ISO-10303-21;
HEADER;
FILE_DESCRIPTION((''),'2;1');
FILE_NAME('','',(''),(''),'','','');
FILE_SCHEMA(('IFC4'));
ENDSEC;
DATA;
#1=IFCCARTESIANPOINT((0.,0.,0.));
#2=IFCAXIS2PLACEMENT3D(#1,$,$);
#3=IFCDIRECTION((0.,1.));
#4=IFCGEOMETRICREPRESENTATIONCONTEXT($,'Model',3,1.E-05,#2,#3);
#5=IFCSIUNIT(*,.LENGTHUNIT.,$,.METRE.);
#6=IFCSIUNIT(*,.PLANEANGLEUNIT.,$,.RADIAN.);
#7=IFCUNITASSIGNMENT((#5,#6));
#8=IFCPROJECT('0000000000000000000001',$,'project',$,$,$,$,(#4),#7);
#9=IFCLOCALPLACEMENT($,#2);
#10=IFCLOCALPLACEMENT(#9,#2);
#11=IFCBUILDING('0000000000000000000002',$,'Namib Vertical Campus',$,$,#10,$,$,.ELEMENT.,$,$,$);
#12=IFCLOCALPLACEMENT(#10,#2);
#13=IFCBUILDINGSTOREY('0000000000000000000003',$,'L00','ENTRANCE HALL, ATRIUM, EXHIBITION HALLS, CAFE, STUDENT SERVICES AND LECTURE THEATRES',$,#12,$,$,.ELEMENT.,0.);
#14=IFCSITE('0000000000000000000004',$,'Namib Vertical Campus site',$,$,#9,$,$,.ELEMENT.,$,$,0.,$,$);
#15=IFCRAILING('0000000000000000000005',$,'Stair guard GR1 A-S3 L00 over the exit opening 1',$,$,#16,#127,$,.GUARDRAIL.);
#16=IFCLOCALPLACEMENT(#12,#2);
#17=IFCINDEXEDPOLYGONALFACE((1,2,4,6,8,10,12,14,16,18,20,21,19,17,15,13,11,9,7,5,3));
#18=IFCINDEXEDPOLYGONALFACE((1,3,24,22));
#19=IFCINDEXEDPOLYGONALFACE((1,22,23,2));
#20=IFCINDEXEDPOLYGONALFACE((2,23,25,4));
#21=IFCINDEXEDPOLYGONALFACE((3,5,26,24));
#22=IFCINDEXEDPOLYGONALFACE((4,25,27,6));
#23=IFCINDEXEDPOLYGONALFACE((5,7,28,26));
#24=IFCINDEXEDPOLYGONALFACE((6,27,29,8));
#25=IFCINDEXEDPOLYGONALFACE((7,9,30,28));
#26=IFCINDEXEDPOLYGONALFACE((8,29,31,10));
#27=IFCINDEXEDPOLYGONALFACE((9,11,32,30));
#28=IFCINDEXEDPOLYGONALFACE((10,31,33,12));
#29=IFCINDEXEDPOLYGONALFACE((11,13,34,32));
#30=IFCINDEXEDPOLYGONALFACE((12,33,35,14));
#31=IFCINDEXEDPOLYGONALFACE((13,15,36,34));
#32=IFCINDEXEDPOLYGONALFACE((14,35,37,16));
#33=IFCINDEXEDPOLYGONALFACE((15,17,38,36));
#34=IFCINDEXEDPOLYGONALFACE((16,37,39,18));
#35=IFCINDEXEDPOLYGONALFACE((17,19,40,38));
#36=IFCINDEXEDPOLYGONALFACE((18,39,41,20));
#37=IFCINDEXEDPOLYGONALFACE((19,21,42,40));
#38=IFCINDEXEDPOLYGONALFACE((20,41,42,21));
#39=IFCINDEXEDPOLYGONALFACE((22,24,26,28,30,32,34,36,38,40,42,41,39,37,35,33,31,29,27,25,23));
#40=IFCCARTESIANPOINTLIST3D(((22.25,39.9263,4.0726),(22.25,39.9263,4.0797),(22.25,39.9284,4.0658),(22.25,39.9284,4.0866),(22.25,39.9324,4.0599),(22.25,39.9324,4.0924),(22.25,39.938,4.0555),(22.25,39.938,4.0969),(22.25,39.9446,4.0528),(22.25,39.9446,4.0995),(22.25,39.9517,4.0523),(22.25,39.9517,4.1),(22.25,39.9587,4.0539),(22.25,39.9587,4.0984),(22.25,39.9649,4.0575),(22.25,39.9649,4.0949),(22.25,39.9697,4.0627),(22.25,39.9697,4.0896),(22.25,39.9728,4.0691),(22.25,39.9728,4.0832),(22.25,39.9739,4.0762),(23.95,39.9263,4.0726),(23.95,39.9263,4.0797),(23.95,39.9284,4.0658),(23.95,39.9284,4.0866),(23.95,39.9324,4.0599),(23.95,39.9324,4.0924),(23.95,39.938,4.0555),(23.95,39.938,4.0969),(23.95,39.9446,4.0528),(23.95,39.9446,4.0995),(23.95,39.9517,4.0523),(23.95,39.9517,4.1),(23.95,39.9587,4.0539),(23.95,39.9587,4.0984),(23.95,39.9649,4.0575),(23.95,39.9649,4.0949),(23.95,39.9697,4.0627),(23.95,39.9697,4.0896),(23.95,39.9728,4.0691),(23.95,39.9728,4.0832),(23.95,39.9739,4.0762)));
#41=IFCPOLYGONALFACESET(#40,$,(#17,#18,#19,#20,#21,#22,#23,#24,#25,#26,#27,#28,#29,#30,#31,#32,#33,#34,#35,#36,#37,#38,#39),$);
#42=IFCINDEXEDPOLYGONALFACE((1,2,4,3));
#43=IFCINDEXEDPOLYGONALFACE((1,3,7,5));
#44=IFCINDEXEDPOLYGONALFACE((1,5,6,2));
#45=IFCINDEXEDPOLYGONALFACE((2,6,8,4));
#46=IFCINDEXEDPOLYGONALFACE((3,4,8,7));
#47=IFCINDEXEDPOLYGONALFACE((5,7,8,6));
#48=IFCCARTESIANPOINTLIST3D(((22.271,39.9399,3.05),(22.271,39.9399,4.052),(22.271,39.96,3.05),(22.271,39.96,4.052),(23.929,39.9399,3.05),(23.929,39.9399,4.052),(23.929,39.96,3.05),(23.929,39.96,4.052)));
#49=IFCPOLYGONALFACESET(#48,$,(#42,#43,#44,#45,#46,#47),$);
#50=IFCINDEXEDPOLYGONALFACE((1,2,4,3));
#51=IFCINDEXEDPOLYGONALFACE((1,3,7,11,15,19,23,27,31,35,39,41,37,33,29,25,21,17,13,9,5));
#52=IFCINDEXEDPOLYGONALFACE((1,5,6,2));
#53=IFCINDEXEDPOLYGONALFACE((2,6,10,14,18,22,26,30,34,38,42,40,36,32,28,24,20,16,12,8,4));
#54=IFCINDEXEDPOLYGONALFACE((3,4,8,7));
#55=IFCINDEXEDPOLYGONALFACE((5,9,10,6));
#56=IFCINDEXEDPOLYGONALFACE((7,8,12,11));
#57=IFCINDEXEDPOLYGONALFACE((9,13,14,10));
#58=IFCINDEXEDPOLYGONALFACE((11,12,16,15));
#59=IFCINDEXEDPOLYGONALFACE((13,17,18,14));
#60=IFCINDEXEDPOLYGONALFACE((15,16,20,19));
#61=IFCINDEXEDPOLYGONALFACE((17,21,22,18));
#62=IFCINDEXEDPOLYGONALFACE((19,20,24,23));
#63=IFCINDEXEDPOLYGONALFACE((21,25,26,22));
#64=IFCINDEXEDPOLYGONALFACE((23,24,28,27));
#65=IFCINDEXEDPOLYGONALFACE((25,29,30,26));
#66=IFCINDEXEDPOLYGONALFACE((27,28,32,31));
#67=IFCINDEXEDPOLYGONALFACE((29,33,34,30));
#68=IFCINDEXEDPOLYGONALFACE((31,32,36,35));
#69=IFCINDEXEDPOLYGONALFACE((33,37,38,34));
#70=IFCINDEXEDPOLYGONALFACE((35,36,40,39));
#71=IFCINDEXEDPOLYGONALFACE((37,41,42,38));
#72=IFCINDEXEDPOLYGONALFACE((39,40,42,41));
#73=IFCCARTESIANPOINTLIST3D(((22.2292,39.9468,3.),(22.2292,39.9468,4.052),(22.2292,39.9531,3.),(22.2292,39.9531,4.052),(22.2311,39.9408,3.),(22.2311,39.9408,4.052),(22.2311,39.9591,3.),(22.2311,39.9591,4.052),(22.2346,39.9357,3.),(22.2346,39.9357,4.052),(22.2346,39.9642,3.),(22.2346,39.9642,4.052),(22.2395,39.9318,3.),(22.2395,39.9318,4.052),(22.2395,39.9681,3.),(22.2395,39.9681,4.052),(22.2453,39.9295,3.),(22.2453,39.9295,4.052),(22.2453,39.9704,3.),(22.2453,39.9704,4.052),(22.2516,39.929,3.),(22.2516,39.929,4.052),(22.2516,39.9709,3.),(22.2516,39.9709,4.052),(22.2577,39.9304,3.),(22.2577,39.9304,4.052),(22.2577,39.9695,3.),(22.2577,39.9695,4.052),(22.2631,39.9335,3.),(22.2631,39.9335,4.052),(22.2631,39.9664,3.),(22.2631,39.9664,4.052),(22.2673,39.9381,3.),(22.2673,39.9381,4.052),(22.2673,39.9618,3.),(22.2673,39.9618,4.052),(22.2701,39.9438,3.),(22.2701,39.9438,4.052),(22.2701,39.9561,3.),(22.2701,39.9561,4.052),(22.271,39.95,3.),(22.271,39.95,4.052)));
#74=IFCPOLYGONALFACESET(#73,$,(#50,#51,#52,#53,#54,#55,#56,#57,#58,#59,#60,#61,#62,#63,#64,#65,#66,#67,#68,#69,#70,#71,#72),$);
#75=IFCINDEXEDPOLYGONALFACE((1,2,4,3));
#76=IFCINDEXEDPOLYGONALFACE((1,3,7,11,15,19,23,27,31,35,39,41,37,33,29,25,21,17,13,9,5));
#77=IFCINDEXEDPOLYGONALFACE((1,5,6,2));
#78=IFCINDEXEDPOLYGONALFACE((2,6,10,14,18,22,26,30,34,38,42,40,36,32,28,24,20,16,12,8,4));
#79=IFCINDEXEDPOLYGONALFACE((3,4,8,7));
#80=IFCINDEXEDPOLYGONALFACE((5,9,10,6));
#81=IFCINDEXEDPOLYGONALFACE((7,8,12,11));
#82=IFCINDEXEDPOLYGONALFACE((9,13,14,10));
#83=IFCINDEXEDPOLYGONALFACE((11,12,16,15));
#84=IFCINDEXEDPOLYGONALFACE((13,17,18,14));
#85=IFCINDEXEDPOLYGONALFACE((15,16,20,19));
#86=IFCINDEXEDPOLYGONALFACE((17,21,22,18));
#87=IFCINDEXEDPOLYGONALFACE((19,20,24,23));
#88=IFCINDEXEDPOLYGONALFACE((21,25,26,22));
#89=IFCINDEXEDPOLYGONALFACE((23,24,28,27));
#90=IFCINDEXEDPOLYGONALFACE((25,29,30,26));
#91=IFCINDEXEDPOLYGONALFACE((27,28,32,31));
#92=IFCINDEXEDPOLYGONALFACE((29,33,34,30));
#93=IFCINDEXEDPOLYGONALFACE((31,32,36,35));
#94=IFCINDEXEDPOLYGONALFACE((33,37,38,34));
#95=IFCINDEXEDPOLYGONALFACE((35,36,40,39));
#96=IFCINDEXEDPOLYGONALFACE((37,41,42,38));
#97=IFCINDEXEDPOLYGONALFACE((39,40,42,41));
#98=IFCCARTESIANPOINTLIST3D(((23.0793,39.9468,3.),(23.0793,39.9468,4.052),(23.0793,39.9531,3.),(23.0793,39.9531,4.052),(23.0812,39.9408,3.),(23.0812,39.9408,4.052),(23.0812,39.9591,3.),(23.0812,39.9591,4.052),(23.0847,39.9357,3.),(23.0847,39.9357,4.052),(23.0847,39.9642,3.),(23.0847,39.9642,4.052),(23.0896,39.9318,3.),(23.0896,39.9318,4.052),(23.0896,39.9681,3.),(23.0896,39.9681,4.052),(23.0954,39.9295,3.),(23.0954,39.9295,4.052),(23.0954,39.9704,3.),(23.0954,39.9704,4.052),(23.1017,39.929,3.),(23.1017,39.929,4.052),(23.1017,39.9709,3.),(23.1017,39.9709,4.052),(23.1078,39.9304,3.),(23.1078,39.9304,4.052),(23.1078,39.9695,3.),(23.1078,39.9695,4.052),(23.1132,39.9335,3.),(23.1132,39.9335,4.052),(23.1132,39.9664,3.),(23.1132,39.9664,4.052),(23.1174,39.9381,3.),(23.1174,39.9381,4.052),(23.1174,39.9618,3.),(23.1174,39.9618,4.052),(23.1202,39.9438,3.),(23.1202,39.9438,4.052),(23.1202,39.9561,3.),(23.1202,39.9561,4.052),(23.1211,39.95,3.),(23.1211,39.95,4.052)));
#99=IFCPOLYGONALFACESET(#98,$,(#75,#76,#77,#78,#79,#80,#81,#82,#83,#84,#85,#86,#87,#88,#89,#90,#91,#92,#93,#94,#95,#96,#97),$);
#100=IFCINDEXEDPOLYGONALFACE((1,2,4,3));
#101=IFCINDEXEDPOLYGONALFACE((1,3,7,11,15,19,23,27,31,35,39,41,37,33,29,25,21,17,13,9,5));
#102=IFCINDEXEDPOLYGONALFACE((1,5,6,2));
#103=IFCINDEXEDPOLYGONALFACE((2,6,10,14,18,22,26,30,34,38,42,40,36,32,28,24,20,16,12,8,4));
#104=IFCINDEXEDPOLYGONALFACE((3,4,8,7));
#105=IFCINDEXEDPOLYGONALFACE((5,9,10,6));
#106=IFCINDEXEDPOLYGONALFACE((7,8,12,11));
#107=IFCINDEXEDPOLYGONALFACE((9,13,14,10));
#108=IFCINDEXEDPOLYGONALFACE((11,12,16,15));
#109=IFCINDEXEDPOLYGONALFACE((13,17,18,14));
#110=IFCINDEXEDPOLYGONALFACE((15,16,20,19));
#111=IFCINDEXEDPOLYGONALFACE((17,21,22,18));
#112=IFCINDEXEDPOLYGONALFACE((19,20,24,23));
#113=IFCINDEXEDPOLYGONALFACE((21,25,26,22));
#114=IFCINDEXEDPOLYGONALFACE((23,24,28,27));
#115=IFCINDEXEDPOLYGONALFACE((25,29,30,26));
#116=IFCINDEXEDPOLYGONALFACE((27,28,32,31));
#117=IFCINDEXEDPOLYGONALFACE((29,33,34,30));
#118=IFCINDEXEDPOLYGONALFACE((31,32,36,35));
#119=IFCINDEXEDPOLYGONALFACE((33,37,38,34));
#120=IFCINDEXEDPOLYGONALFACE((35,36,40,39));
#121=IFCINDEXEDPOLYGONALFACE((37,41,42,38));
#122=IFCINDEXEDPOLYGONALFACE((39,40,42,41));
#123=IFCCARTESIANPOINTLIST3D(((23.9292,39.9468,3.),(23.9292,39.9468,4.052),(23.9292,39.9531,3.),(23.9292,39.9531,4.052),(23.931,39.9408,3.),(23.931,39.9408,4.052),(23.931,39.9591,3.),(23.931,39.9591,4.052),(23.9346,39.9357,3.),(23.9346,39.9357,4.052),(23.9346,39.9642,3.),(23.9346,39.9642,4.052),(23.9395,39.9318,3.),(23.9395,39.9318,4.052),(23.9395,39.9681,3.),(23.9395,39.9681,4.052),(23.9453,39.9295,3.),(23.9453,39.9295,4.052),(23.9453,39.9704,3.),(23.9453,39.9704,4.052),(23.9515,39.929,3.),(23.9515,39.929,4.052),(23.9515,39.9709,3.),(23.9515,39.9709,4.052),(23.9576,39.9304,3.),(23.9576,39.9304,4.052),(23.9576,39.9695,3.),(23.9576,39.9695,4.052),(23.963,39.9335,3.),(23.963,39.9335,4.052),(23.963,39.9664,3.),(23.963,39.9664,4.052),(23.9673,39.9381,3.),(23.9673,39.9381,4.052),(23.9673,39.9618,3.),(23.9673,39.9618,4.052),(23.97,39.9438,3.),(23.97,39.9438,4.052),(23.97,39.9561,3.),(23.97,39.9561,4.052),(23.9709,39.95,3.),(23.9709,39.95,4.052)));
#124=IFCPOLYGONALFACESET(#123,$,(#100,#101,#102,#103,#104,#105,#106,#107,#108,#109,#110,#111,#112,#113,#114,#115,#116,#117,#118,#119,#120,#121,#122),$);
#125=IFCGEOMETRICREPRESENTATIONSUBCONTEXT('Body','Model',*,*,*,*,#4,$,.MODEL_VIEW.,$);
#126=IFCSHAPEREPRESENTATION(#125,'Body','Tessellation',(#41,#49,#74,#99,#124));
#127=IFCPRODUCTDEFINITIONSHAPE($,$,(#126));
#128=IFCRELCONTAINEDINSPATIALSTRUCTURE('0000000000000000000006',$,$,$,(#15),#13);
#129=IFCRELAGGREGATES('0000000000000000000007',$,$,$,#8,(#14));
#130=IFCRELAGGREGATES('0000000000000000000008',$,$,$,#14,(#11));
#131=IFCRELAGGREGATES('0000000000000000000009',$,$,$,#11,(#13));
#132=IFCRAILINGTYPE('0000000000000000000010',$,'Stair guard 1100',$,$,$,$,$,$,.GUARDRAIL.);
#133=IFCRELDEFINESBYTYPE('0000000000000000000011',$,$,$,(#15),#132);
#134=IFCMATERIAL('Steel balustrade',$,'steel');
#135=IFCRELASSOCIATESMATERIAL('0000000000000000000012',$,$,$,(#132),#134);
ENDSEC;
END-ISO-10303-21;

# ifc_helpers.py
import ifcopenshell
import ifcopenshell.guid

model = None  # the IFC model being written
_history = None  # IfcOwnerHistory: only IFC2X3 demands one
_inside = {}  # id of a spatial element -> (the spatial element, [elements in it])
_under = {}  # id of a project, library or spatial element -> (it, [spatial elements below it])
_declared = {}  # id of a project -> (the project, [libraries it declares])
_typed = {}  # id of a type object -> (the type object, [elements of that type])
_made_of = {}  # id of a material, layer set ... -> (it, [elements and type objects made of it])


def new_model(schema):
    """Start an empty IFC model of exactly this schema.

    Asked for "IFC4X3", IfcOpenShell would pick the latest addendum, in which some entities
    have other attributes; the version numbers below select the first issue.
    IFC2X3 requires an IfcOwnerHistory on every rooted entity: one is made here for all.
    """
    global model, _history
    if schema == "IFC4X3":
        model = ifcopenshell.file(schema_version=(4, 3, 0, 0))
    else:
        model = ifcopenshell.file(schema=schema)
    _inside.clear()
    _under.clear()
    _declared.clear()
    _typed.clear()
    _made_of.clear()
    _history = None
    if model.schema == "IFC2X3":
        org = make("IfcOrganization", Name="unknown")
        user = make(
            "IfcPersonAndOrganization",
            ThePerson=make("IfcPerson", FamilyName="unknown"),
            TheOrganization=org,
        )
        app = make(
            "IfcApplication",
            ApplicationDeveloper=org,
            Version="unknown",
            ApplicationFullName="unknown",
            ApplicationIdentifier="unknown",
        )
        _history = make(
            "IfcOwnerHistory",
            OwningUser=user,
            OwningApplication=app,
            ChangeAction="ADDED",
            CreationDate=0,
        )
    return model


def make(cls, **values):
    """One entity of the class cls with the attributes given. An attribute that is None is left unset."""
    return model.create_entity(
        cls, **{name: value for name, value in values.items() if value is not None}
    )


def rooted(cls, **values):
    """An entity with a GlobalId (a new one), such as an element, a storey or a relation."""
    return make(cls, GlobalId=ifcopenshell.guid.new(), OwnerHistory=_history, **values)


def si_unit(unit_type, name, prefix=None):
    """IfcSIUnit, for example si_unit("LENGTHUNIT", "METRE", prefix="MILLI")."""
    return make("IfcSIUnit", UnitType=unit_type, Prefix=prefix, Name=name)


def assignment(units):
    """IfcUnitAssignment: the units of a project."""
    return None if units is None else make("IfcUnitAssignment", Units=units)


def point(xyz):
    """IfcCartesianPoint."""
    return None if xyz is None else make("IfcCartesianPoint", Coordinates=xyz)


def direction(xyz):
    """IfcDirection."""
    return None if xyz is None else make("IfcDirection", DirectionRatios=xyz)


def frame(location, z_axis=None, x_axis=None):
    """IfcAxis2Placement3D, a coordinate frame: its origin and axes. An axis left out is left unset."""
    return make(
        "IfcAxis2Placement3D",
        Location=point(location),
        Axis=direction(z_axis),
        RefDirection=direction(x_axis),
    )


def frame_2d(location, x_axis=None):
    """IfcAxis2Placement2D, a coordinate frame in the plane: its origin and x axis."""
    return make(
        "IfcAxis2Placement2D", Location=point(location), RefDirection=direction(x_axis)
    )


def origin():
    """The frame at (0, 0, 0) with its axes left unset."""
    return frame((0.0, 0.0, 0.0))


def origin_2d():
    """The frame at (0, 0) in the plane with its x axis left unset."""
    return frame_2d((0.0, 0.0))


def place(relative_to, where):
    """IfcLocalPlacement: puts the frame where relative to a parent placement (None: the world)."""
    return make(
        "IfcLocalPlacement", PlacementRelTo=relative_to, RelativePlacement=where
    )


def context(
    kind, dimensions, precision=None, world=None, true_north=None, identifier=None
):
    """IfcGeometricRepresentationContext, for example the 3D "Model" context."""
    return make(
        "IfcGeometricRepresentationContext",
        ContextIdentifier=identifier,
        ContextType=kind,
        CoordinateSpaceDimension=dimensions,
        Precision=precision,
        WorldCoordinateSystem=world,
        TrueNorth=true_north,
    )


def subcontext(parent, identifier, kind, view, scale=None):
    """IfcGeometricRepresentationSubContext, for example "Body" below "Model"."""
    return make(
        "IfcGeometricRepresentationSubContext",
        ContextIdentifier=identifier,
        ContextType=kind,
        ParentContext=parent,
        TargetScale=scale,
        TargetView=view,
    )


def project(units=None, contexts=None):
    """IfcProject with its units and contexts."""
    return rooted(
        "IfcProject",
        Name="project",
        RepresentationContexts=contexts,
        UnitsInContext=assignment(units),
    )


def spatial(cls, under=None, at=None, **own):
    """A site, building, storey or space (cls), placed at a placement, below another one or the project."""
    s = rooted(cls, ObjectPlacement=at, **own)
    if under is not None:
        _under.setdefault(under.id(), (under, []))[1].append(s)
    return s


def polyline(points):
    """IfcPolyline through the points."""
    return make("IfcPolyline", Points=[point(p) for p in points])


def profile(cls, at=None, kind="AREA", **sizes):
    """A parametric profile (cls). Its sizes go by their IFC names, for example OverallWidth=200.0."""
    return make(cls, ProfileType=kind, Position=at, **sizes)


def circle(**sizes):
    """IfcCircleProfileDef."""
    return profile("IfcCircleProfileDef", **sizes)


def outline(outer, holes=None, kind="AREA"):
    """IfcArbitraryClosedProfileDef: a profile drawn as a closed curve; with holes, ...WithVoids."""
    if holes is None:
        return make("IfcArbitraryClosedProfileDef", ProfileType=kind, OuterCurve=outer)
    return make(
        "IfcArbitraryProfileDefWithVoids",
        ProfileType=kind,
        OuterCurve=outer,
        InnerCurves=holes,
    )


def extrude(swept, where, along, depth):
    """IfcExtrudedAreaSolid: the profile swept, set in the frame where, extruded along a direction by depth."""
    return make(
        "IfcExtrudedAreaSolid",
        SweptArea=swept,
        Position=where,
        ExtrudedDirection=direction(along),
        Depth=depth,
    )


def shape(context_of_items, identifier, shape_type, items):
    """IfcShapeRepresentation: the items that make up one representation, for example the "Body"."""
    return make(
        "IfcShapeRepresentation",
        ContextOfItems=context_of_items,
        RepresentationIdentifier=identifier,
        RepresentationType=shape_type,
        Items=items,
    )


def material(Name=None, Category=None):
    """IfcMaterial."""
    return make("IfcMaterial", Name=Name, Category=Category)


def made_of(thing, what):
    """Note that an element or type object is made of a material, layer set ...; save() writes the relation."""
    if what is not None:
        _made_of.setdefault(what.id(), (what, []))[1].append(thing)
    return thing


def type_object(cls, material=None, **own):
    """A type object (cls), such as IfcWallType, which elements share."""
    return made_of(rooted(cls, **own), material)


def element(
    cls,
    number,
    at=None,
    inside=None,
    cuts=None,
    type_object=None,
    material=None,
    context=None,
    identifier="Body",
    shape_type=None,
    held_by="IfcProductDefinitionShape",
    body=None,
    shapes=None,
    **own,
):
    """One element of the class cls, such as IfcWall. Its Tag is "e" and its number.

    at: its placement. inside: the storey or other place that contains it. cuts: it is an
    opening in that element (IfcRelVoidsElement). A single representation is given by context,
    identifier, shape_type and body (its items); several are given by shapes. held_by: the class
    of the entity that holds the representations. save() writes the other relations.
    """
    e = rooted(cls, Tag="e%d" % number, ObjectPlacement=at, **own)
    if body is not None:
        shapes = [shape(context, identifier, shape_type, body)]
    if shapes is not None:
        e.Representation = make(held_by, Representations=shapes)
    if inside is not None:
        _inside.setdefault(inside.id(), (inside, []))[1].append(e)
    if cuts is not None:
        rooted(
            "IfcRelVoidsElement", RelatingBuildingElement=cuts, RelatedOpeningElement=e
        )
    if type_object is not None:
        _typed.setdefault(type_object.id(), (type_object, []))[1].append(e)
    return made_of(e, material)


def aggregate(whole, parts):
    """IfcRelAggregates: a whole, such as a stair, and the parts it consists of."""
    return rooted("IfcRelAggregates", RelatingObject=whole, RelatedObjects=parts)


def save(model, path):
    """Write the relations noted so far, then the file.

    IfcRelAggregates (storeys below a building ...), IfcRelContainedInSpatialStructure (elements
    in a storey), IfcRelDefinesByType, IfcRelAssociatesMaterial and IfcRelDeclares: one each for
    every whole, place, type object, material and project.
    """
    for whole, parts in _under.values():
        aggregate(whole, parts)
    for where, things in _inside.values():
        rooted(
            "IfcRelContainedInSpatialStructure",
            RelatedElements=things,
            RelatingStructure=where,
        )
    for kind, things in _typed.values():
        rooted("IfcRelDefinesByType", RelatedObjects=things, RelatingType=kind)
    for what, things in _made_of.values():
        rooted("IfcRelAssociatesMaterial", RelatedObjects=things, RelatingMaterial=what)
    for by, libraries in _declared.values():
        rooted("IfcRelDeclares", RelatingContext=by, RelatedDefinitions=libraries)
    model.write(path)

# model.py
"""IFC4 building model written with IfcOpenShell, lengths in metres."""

from ifc_helpers import new_model, si_unit, direction, frame, origin, origin_2d, place, context, subcontext, project, spatial, polyline, circle, outline, extrude, material, type_object, element, save


model = new_model("IFC4")

# Units and contexts
model_context = context("Model", 3, precision=1e-05, world=origin(), true_north=direction((0.0, 1.0)))
body_context = subcontext(model_context, "Body", "Model", "MODEL_VIEW")
ifc_project = project(units=[si_unit("LENGTHUNIT", "METRE"), si_unit("PLANEANGLEUNIT", "RADIAN")], contexts=[model_context])

# Site, building, storey
site_placement = place(None, origin())
site = spatial("IfcSite", under=ifc_project, at=site_placement, Name="Namib Vertical Campus site", CompositionType="ELEMENT", RefElevation=0.0)
building_placement = place(site_placement, origin())
building = spatial("IfcBuilding", under=site, at=building_placement, Name="Namib Vertical Campus", CompositionType="ELEMENT")
storey_placement = place(building_placement, origin())
storey = spatial("IfcBuildingStorey", under=building, at=storey_placement, Name="L00", Description="ENTRANCE HALL, ATRIUM, EXHIBITION HALLS, CAFE, STUDENT SERVICES AND LECTURE THEATRES", CompositionType="ELEMENT", Elevation=0.0)

# Railing
ifc_material_1 = material(Name="Steel balustrade", Category="steel")
railing_type_1 = type_object("IfcRailingType", Name="Stair guard 1100", PredefinedType="GUARDRAIL", material=ifc_material_1)
for number, where, name in (
    (1, (22.25, 39.95, 3.0), "Stair guard GR1 A-S3 L00 over the exit opening 1"),
):
    element("IfcRailing", number, at=place(storey_placement, frame(where)), inside=storey, type_object=railing_type_1, Name=name, PredefinedType="GUARDRAIL", context=body_context, shape_type="SweptSolid", body=[
        extrude(circle(Radius=0.0239, at=origin_2d()), frame((0.0, 0.0, 1.0762), z_axis=(1.0, 0.0, 0.0), x_axis=(0.0, 1.0, 0.0)), (0.0, 0.0, 1.0), 1.7),
        extrude(outline(polyline([(0.021, 0.05), (1.679, 0.05), (1.679, 1.052), (0.021, 1.052), (0.021, 0.05)])), frame((0.0, 0.01, 0.0), z_axis=(0.0, -1.0, 0.0), x_axis=(1.0, 0.0, 0.0)), (0.0, 0.0, 1.0), 0.02),
        extrude(circle(Radius=0.021, at=origin_2d()), origin(), (0.0, 0.0, 1.0), 1.052),
        extrude(circle(Radius=0.021, at=origin_2d()), frame((0.8501, 0.0, 0.0)), (0.0, 0.0, 1.0), 1.052),
        extrude(circle(Radius=0.021, at=origin_2d()), frame((1.7, 0.0, 0.0)), (0.0, 0.0, 1.0), 1.052),
    ])

save(model, "model.ifc")
